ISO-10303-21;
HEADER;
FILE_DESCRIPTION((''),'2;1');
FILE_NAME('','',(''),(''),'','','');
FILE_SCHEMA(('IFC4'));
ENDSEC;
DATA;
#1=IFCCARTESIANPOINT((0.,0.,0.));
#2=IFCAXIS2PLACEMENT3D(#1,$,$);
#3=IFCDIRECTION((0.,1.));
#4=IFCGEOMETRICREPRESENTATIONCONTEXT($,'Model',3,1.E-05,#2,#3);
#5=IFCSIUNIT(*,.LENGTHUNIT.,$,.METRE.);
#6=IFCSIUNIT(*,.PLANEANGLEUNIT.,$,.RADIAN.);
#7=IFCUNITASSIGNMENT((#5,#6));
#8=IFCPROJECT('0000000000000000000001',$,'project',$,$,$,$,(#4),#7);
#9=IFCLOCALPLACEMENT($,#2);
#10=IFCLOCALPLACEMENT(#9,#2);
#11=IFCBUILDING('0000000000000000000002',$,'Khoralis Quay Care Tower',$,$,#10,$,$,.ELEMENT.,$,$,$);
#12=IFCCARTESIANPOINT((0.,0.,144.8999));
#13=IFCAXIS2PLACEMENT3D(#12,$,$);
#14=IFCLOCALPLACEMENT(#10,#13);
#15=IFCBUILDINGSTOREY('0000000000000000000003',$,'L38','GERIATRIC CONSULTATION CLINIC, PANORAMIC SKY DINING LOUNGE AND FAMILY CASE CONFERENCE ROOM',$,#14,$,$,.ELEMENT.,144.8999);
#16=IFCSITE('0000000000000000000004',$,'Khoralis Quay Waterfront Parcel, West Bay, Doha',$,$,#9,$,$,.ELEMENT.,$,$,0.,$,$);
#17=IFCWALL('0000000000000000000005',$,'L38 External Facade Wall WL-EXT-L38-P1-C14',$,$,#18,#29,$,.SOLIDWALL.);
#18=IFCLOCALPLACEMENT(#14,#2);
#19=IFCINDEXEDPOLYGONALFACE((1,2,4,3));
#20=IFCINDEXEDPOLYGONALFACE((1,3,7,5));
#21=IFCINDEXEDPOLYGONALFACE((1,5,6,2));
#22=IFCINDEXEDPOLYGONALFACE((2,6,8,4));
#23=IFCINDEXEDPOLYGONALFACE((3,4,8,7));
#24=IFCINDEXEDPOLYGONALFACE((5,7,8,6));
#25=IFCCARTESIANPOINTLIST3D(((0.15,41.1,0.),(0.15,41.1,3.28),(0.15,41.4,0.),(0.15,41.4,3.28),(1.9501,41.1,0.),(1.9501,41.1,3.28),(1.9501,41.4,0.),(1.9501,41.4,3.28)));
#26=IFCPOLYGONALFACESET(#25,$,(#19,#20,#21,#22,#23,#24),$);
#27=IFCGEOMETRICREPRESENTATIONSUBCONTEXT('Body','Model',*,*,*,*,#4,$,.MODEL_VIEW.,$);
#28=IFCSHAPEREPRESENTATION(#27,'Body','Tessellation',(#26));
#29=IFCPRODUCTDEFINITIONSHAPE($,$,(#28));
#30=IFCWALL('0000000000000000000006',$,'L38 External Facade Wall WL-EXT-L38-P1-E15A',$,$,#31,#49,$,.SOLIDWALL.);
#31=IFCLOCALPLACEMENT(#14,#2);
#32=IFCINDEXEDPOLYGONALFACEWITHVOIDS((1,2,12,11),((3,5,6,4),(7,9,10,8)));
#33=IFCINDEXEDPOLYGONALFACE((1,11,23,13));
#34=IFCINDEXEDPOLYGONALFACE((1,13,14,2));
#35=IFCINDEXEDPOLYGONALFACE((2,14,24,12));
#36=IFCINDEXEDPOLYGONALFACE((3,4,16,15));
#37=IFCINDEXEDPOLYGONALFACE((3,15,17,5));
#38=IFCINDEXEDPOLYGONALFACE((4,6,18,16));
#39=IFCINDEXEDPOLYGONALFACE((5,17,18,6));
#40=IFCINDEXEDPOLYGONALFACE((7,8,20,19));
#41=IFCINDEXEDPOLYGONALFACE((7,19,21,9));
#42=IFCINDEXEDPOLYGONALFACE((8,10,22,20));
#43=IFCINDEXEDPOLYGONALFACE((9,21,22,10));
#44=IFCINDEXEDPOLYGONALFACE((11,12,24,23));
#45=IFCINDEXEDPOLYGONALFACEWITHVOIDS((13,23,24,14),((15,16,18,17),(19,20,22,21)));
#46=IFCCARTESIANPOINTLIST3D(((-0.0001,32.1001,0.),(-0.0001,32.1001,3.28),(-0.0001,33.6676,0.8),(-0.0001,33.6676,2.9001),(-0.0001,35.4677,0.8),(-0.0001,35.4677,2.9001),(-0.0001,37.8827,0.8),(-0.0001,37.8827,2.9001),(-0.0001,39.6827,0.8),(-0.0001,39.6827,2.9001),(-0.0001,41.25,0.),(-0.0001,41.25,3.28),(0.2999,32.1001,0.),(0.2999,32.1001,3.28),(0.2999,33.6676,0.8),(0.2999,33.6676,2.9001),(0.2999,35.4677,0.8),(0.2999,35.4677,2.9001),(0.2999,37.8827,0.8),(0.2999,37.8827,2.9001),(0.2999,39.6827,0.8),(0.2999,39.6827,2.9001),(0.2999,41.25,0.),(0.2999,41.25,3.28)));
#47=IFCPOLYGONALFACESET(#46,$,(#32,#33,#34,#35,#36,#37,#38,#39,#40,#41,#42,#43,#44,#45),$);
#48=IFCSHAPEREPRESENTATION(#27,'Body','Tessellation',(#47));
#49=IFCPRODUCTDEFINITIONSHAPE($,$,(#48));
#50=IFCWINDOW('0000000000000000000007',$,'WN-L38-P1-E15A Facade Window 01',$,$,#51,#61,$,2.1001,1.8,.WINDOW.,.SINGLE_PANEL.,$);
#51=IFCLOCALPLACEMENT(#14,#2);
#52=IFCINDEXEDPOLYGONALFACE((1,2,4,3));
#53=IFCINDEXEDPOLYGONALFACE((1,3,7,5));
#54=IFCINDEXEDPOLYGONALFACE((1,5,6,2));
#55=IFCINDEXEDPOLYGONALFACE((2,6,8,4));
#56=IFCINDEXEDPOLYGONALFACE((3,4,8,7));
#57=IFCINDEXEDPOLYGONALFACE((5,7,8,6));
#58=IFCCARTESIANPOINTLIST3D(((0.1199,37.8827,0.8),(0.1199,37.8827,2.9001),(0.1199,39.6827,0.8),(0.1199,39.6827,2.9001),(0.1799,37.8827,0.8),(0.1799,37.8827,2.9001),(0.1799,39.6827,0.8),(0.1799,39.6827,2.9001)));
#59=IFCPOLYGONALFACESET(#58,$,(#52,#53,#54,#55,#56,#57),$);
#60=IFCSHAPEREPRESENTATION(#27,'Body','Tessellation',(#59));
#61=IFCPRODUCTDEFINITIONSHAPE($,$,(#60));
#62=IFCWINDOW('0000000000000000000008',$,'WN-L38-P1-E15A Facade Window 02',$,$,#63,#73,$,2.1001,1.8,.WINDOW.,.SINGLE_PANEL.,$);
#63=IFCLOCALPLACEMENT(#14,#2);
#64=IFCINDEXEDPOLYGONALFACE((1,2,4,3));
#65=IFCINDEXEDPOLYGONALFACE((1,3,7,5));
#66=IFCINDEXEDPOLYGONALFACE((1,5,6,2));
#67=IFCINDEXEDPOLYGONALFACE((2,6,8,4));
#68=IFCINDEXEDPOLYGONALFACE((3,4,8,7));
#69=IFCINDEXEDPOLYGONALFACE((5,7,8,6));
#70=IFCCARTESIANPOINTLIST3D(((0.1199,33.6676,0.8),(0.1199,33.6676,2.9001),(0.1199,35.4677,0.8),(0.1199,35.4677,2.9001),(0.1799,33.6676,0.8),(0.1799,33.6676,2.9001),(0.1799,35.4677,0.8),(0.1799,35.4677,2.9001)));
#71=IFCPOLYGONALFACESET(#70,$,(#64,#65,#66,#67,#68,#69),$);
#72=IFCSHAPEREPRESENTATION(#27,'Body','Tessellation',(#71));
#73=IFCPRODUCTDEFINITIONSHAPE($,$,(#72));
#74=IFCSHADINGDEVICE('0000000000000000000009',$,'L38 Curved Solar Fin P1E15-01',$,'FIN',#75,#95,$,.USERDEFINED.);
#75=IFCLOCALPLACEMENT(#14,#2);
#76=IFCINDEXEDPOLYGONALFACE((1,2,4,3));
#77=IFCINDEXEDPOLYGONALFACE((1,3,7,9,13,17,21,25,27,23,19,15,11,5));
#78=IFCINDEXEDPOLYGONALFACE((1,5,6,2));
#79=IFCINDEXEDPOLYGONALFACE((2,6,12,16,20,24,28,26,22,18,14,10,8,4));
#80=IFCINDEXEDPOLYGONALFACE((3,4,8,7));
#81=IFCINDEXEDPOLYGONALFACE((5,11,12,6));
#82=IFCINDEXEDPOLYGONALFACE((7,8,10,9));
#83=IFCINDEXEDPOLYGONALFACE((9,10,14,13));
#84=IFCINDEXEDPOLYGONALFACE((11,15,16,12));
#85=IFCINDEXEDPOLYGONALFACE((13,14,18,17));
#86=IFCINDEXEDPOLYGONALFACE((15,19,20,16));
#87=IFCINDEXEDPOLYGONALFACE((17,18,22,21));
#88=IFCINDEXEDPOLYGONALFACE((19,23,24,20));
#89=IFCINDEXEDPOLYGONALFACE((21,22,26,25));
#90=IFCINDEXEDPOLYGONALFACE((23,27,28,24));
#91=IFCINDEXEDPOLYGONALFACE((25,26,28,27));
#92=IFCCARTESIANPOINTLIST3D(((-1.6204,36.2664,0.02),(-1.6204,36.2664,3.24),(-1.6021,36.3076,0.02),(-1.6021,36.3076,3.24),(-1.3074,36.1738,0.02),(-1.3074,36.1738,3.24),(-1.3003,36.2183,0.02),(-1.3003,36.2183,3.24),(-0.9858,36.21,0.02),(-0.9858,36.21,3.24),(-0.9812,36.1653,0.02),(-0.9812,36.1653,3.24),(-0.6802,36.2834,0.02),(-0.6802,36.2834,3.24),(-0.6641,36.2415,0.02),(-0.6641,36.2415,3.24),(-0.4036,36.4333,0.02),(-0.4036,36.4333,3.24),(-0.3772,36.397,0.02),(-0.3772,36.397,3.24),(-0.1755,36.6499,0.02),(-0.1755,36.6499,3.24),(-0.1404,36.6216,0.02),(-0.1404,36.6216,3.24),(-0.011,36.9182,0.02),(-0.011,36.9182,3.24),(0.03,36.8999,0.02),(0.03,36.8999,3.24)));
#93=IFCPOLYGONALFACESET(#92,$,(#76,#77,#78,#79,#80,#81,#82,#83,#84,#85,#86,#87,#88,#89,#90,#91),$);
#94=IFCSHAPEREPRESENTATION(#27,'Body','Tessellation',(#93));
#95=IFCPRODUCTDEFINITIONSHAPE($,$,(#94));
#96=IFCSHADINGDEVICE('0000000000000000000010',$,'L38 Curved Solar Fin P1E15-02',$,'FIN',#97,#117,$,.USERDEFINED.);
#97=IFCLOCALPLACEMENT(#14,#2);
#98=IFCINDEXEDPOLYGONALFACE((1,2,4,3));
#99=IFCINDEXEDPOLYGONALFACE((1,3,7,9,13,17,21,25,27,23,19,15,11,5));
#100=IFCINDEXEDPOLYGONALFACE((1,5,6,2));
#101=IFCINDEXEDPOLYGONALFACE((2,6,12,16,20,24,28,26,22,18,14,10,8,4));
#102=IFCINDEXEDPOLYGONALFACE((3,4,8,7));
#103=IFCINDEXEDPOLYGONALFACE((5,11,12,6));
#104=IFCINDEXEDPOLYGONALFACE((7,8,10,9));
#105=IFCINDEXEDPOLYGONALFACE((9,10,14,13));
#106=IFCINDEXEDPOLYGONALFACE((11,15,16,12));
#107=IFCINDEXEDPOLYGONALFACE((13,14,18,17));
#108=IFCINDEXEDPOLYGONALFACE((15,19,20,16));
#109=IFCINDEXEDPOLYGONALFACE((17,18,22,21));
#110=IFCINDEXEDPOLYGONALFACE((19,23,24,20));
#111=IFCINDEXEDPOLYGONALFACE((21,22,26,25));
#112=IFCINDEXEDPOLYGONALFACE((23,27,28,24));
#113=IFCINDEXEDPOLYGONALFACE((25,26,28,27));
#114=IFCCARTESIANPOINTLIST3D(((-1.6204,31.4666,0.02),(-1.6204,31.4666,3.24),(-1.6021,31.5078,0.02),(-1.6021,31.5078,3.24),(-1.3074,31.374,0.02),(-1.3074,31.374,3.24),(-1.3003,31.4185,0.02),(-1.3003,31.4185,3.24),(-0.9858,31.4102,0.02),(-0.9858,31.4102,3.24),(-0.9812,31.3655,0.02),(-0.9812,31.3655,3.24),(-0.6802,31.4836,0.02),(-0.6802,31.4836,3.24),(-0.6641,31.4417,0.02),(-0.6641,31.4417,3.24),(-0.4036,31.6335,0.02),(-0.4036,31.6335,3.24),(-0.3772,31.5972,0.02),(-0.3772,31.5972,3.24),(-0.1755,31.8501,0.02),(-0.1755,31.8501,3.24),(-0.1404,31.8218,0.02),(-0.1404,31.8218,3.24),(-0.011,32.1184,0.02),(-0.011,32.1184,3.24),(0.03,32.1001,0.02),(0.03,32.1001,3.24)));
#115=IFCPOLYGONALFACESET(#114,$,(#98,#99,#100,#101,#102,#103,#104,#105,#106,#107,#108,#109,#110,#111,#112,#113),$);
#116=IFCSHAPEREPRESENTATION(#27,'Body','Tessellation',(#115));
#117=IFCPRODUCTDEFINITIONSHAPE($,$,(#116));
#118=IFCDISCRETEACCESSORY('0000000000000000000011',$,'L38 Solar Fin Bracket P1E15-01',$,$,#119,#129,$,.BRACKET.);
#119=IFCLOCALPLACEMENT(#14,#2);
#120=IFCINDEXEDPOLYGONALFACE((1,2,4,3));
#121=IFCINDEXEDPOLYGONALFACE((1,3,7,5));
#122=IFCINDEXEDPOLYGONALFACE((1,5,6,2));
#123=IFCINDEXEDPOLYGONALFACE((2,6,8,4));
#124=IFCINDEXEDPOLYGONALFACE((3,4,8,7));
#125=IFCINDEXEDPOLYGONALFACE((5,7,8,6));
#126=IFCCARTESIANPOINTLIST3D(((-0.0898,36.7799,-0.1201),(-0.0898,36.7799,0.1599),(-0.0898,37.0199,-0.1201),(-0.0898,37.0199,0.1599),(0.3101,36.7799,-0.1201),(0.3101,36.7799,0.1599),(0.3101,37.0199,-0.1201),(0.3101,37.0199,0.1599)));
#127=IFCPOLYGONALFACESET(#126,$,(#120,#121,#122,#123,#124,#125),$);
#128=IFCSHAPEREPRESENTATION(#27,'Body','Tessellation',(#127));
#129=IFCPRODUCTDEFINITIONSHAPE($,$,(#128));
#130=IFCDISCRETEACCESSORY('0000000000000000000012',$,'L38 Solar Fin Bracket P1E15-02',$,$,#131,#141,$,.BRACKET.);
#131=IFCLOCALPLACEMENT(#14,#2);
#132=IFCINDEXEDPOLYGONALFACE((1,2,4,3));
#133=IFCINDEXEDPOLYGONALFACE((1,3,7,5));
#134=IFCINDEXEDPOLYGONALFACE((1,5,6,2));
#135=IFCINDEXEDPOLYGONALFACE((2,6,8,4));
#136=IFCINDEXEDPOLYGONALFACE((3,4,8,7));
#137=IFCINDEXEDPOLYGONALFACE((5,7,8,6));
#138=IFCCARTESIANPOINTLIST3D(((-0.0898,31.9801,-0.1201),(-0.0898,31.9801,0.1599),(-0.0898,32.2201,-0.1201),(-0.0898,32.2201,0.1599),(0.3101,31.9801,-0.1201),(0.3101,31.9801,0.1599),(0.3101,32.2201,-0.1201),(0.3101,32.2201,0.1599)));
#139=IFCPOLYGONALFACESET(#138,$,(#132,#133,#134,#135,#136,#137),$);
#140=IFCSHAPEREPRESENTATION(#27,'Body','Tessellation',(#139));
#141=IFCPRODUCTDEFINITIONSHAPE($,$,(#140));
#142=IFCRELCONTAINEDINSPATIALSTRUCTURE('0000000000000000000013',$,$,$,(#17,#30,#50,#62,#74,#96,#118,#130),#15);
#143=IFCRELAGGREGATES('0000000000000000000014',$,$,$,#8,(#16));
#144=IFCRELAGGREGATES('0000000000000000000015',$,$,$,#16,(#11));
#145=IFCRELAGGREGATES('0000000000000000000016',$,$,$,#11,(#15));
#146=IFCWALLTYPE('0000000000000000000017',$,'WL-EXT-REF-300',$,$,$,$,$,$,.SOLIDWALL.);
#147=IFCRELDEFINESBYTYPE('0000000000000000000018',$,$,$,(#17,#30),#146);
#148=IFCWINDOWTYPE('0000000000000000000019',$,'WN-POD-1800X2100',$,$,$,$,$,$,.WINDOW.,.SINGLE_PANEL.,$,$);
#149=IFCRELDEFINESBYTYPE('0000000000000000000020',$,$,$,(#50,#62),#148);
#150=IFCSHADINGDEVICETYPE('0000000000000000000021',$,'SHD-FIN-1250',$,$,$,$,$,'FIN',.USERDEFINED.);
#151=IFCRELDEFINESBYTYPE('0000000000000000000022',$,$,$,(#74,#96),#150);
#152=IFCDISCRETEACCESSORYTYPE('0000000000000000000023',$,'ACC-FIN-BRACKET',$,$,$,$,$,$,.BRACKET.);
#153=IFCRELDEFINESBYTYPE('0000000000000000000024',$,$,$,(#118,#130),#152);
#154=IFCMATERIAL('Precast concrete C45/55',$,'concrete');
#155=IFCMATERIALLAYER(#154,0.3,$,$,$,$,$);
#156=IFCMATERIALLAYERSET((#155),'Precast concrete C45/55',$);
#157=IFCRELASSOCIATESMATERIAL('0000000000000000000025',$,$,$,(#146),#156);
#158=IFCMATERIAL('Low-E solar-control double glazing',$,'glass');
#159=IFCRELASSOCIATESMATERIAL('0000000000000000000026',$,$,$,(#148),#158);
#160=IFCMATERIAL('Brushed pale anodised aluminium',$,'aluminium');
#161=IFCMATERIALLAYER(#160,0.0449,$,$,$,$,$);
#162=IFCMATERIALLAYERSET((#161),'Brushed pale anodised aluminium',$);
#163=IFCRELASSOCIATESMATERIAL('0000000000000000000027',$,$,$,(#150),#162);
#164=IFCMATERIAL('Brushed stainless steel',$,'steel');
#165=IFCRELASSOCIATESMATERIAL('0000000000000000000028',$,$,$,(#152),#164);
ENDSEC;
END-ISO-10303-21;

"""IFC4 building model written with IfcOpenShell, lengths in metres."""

from ifc_helpers import new_model, si_unit, direction, frame, frame_2d, origin, origin_2d, place, context, subcontext, project, spatial, polyline, rectangle, outline, extrude, source, transform, mapped, material, layer, layer_set, type_object, element, fill, save


model = new_model("IFC4")

# Units and contexts
model_context = context("Model", 3, precision=1e-05, world=origin(), true_north=direction((0.0, 1.0)))
body_context = subcontext(model_context, "Body", "Model", "MODEL_VIEW")
ifc_project = project(units=[si_unit("LENGTHUNIT", "METRE"), si_unit("PLANEANGLEUNIT", "RADIAN")], contexts=[model_context])

# Site, building, storey
site_placement = place(None, origin())
site = spatial("IfcSite", under=ifc_project, at=site_placement, Name="Khoralis Quay Waterfront Parcel, West Bay, Doha", CompositionType="ELEMENT", RefElevation=0.0)
building_placement = place(site_placement, origin())
building = spatial("IfcBuilding", under=site, at=building_placement, Name="Khoralis Quay Care Tower", CompositionType="ELEMENT")
storey_placement = place(building_placement, frame((0.0, 0.0, 144.8999)))
storey = spatial("IfcBuildingStorey", under=building, at=storey_placement, Name="L38", Description="GERIATRIC CONSULTATION CLINIC, PANORAMIC SKY DINING LOUNGE AND FAMILY CASE CONFERENCE ROOM", CompositionType="ELEMENT", Elevation=144.8999)

# Shared definitions
ifc_material_1 = material(Name="Low-E solar-control double glazing", Category="glass")

# Wall
ifc_material_2 = material(Name="Precast concrete C45/55", Category="concrete")
ifc_layer_1 = layer(ifc_material_2, 0.3)
ifc_layer_set_1 = layer_set([ifc_layer_1], Name="Precast concrete C45/55")
wall_type_1 = type_object("IfcWallType", Name="WL-EXT-REF-300", PredefinedType="SOLIDWALL", material=ifc_layer_set_1)
for number, where, z_axis, x_axis, name in (
    (1, (1.95, 41.25, 0.0), (0.0, 0.0, 1.0), (-1.0, 0.0, 0.0), "L38 External Facade Wall WL-EXT-L38-P1-C14"),
):
    element("IfcWall", number, at=place(storey_placement, frame(where, z_axis=z_axis, x_axis=x_axis)), inside=storey, type_object=wall_type_1, Name=name, PredefinedType="SOLIDWALL", context=body_context, shape_type="SweptSolid", body=[
        extrude(rectangle(XDim=1.8, YDim=0.3, at=frame_2d((0.8999, 0.0))), origin(), (0.0, 0.0, 1.0), 3.28),
    ])

# Wall, openings, windows
wall_1_placement = place(storey_placement, frame((0.1499, 41.25, 0.0), z_axis=(0.0, 0.0, 1.0), x_axis=(0.0, -1.0, 0.0)))
wall_1 = element("IfcWall", 2, at=wall_1_placement, inside=storey, type_object=wall_type_1, Name="L38 External Facade Wall WL-EXT-L38-P1-E15A", PredefinedType="SOLIDWALL", context=body_context, shape_type="SweptSolid", body=[
    extrude(rectangle(XDim=9.1499, YDim=0.3, at=frame_2d((4.575, 0.0))), origin(), (0.0, 0.0, 1.0), 3.28),
])
opening_1_placement = place(wall_1_placement, frame((1.5674, 0.0, 0.8)))
opening_1 = element("IfcOpeningElement", 3, at=opening_1_placement, cuts=wall_1, PredefinedType="OPENING", context=body_context, shape_type="SweptSolid", body=[
    extrude(rectangle(XDim=1.8, YDim=2.1001, at=frame_2d((0.8999, 1.05))), frame((0.0, 0.1602, 0.0), z_axis=(0.0, -1.0, 0.0), x_axis=(1.0, 0.0, 0.0)), (0.0, 0.0, 1.0), 0.3201),
])
opening_2_placement = place(wall_1_placement, frame((5.7825, 0.0, 0.8)))
opening_2 = element("IfcOpeningElement", 4, at=opening_2_placement, cuts=wall_1, PredefinedType="OPENING", context=body_context, shape_type="SweptSolid", body=[
    extrude(rectangle(XDim=1.8, YDim=2.1001, at=frame_2d((0.8999, 1.05))), frame((0.0, 0.1602, 0.0), z_axis=(0.0, -1.0, 0.0), x_axis=(1.0, 0.0, 0.0)), (0.0, 0.0, 1.0), 0.3201),
])
window_type = type_object("IfcWindowType", Name="WN-POD-1800X2100", PartitioningType="SINGLE_PANEL", PredefinedType="WINDOW", material=ifc_material_1)
shared_shape_1 = source(origin(), body_context, "Body", "SweptSolid", [
    extrude(rectangle(XDim=1.8, YDim=2.1001, at=frame_2d((0.8999, 1.05))), frame((0.0, 0.03, 0.0), z_axis=(0.0, -1.0, 0.0), x_axis=(1.0, 0.0, 0.0)), (0.0, 0.0, 1.0), 0.0601),
])
window_1_placement = place(opening_1_placement, origin())
window_1 = element("IfcWindow", 5, at=window_1_placement, inside=storey, type_object=window_type, Name="WN-L38-P1-E15A Facade Window 01", OverallHeight=2.1001, OverallWidth=1.8, PartitioningType="SINGLE_PANEL", PredefinedType="WINDOW", context=body_context, shape_type="MappedRepresentation", body=[
    mapped(shared_shape_1, transform((0.0, 0.0, 0.0), scale=1.0)),
])
fill(opening_1, window_1)
window_2_placement = place(opening_2_placement, origin())
window_2 = element("IfcWindow", 6, at=window_2_placement, inside=storey, type_object=window_type, Name="WN-L38-P1-E15A Facade Window 02", OverallHeight=2.1001, OverallWidth=1.8, PartitioningType="SINGLE_PANEL", PredefinedType="WINDOW", context=body_context, shape_type="MappedRepresentation", body=[
    mapped(shared_shape_1, transform((0.0, 0.0, 0.0), scale=1.0)),
])
fill(opening_2, window_2)

# Shading devices
ifc_material_3 = material(Name="Brushed pale anodised aluminium", Category="aluminium")
ifc_layer_2 = layer(ifc_material_3, 0.0449)
ifc_layer_set_2 = layer_set([ifc_layer_2], Name="Brushed pale anodised aluminium")
shading_device_type = type_object("IfcShadingDeviceType", Name="SHD-FIN-1250", ElementType="FIN", PredefinedType="USERDEFINED", material=ifc_layer_set_2)
shared_shape_2 = source(origin(), body_context, "Body", "SweptSolid", [
    extrude(outline(polyline([(0.0, 0.0), (0.1704, 0.2783), (0.4072, 0.5029), (0.6941, 0.6584), (1.0112, 0.7346), (1.3374, 0.7261), (1.6504, 0.6335), (1.6321, 0.5923), (1.3303, 0.6816), (1.0159, 0.6899), (0.7102, 0.6165), (0.4336, 0.4666), (0.2056, 0.25), (0.041, -0.0183), (0.0, 0.0)])), origin(), (0.0, 0.0, 1.0), 3.22),
])
for number, where, z_axis, x_axis, name in (
    (7, (0.03, 36.8999, 0.02), (0.0, 0.0, 1.0), (-1.0, 0.0, 0.0), "L38 Curved Solar Fin P1E15-01"),
    (8, (0.03, 32.1001, 0.02), (0.0, 0.0, 1.0), (-1.0, 0.0, 0.0), "L38 Curved Solar Fin P1E15-02"),
):
    element("IfcShadingDevice", number, at=place(storey_placement, frame(where, z_axis=z_axis, x_axis=x_axis)), inside=storey, type_object=shading_device_type, Name=name, ObjectType="FIN", PredefinedType="USERDEFINED", context=body_context, shape_type="MappedRepresentation", body=[
        mapped(shared_shape_2, transform((0.0, 0.0, 0.0), scale=1.0)),
    ])

# Discrete accessories
ifc_material_4 = material(Name="Brushed stainless steel", Category="steel")
discrete_accessory_type = type_object("IfcDiscreteAccessoryType", Name="ACC-FIN-BRACKET", PredefinedType="BRACKET", material=ifc_material_4)
shared_shape_3 = source(origin(), body_context, "Body", "SweptSolid", [
    extrude(rectangle(XDim=0.3999, YDim=0.24, at=origin_2d()), origin(), (0.0, 0.0, 1.0), 0.28),
])
for number, where, z_axis, x_axis, name in (
    (9, (0.1101, 36.8999, -0.1201), (0.0, 0.0, 1.0), (-1.0, 0.0, 0.0), "L38 Solar Fin Bracket P1E15-01"),
    (10, (0.1101, 32.1001, -0.1201), (0.0, 0.0, 1.0), (-1.0, 0.0, 0.0), "L38 Solar Fin Bracket P1E15-02"),
):
    element("IfcDiscreteAccessory", number, at=place(storey_placement, frame(where, z_axis=z_axis, x_axis=x_axis)), inside=storey, type_object=discrete_accessory_type, Name=name, PredefinedType="BRACKET", context=body_context, shape_type="MappedRepresentation", body=[
        mapped(shared_shape_3, transform((0.0, 0.0, 0.0), scale=1.0)),
    ])

save(model, "model.ifc")
